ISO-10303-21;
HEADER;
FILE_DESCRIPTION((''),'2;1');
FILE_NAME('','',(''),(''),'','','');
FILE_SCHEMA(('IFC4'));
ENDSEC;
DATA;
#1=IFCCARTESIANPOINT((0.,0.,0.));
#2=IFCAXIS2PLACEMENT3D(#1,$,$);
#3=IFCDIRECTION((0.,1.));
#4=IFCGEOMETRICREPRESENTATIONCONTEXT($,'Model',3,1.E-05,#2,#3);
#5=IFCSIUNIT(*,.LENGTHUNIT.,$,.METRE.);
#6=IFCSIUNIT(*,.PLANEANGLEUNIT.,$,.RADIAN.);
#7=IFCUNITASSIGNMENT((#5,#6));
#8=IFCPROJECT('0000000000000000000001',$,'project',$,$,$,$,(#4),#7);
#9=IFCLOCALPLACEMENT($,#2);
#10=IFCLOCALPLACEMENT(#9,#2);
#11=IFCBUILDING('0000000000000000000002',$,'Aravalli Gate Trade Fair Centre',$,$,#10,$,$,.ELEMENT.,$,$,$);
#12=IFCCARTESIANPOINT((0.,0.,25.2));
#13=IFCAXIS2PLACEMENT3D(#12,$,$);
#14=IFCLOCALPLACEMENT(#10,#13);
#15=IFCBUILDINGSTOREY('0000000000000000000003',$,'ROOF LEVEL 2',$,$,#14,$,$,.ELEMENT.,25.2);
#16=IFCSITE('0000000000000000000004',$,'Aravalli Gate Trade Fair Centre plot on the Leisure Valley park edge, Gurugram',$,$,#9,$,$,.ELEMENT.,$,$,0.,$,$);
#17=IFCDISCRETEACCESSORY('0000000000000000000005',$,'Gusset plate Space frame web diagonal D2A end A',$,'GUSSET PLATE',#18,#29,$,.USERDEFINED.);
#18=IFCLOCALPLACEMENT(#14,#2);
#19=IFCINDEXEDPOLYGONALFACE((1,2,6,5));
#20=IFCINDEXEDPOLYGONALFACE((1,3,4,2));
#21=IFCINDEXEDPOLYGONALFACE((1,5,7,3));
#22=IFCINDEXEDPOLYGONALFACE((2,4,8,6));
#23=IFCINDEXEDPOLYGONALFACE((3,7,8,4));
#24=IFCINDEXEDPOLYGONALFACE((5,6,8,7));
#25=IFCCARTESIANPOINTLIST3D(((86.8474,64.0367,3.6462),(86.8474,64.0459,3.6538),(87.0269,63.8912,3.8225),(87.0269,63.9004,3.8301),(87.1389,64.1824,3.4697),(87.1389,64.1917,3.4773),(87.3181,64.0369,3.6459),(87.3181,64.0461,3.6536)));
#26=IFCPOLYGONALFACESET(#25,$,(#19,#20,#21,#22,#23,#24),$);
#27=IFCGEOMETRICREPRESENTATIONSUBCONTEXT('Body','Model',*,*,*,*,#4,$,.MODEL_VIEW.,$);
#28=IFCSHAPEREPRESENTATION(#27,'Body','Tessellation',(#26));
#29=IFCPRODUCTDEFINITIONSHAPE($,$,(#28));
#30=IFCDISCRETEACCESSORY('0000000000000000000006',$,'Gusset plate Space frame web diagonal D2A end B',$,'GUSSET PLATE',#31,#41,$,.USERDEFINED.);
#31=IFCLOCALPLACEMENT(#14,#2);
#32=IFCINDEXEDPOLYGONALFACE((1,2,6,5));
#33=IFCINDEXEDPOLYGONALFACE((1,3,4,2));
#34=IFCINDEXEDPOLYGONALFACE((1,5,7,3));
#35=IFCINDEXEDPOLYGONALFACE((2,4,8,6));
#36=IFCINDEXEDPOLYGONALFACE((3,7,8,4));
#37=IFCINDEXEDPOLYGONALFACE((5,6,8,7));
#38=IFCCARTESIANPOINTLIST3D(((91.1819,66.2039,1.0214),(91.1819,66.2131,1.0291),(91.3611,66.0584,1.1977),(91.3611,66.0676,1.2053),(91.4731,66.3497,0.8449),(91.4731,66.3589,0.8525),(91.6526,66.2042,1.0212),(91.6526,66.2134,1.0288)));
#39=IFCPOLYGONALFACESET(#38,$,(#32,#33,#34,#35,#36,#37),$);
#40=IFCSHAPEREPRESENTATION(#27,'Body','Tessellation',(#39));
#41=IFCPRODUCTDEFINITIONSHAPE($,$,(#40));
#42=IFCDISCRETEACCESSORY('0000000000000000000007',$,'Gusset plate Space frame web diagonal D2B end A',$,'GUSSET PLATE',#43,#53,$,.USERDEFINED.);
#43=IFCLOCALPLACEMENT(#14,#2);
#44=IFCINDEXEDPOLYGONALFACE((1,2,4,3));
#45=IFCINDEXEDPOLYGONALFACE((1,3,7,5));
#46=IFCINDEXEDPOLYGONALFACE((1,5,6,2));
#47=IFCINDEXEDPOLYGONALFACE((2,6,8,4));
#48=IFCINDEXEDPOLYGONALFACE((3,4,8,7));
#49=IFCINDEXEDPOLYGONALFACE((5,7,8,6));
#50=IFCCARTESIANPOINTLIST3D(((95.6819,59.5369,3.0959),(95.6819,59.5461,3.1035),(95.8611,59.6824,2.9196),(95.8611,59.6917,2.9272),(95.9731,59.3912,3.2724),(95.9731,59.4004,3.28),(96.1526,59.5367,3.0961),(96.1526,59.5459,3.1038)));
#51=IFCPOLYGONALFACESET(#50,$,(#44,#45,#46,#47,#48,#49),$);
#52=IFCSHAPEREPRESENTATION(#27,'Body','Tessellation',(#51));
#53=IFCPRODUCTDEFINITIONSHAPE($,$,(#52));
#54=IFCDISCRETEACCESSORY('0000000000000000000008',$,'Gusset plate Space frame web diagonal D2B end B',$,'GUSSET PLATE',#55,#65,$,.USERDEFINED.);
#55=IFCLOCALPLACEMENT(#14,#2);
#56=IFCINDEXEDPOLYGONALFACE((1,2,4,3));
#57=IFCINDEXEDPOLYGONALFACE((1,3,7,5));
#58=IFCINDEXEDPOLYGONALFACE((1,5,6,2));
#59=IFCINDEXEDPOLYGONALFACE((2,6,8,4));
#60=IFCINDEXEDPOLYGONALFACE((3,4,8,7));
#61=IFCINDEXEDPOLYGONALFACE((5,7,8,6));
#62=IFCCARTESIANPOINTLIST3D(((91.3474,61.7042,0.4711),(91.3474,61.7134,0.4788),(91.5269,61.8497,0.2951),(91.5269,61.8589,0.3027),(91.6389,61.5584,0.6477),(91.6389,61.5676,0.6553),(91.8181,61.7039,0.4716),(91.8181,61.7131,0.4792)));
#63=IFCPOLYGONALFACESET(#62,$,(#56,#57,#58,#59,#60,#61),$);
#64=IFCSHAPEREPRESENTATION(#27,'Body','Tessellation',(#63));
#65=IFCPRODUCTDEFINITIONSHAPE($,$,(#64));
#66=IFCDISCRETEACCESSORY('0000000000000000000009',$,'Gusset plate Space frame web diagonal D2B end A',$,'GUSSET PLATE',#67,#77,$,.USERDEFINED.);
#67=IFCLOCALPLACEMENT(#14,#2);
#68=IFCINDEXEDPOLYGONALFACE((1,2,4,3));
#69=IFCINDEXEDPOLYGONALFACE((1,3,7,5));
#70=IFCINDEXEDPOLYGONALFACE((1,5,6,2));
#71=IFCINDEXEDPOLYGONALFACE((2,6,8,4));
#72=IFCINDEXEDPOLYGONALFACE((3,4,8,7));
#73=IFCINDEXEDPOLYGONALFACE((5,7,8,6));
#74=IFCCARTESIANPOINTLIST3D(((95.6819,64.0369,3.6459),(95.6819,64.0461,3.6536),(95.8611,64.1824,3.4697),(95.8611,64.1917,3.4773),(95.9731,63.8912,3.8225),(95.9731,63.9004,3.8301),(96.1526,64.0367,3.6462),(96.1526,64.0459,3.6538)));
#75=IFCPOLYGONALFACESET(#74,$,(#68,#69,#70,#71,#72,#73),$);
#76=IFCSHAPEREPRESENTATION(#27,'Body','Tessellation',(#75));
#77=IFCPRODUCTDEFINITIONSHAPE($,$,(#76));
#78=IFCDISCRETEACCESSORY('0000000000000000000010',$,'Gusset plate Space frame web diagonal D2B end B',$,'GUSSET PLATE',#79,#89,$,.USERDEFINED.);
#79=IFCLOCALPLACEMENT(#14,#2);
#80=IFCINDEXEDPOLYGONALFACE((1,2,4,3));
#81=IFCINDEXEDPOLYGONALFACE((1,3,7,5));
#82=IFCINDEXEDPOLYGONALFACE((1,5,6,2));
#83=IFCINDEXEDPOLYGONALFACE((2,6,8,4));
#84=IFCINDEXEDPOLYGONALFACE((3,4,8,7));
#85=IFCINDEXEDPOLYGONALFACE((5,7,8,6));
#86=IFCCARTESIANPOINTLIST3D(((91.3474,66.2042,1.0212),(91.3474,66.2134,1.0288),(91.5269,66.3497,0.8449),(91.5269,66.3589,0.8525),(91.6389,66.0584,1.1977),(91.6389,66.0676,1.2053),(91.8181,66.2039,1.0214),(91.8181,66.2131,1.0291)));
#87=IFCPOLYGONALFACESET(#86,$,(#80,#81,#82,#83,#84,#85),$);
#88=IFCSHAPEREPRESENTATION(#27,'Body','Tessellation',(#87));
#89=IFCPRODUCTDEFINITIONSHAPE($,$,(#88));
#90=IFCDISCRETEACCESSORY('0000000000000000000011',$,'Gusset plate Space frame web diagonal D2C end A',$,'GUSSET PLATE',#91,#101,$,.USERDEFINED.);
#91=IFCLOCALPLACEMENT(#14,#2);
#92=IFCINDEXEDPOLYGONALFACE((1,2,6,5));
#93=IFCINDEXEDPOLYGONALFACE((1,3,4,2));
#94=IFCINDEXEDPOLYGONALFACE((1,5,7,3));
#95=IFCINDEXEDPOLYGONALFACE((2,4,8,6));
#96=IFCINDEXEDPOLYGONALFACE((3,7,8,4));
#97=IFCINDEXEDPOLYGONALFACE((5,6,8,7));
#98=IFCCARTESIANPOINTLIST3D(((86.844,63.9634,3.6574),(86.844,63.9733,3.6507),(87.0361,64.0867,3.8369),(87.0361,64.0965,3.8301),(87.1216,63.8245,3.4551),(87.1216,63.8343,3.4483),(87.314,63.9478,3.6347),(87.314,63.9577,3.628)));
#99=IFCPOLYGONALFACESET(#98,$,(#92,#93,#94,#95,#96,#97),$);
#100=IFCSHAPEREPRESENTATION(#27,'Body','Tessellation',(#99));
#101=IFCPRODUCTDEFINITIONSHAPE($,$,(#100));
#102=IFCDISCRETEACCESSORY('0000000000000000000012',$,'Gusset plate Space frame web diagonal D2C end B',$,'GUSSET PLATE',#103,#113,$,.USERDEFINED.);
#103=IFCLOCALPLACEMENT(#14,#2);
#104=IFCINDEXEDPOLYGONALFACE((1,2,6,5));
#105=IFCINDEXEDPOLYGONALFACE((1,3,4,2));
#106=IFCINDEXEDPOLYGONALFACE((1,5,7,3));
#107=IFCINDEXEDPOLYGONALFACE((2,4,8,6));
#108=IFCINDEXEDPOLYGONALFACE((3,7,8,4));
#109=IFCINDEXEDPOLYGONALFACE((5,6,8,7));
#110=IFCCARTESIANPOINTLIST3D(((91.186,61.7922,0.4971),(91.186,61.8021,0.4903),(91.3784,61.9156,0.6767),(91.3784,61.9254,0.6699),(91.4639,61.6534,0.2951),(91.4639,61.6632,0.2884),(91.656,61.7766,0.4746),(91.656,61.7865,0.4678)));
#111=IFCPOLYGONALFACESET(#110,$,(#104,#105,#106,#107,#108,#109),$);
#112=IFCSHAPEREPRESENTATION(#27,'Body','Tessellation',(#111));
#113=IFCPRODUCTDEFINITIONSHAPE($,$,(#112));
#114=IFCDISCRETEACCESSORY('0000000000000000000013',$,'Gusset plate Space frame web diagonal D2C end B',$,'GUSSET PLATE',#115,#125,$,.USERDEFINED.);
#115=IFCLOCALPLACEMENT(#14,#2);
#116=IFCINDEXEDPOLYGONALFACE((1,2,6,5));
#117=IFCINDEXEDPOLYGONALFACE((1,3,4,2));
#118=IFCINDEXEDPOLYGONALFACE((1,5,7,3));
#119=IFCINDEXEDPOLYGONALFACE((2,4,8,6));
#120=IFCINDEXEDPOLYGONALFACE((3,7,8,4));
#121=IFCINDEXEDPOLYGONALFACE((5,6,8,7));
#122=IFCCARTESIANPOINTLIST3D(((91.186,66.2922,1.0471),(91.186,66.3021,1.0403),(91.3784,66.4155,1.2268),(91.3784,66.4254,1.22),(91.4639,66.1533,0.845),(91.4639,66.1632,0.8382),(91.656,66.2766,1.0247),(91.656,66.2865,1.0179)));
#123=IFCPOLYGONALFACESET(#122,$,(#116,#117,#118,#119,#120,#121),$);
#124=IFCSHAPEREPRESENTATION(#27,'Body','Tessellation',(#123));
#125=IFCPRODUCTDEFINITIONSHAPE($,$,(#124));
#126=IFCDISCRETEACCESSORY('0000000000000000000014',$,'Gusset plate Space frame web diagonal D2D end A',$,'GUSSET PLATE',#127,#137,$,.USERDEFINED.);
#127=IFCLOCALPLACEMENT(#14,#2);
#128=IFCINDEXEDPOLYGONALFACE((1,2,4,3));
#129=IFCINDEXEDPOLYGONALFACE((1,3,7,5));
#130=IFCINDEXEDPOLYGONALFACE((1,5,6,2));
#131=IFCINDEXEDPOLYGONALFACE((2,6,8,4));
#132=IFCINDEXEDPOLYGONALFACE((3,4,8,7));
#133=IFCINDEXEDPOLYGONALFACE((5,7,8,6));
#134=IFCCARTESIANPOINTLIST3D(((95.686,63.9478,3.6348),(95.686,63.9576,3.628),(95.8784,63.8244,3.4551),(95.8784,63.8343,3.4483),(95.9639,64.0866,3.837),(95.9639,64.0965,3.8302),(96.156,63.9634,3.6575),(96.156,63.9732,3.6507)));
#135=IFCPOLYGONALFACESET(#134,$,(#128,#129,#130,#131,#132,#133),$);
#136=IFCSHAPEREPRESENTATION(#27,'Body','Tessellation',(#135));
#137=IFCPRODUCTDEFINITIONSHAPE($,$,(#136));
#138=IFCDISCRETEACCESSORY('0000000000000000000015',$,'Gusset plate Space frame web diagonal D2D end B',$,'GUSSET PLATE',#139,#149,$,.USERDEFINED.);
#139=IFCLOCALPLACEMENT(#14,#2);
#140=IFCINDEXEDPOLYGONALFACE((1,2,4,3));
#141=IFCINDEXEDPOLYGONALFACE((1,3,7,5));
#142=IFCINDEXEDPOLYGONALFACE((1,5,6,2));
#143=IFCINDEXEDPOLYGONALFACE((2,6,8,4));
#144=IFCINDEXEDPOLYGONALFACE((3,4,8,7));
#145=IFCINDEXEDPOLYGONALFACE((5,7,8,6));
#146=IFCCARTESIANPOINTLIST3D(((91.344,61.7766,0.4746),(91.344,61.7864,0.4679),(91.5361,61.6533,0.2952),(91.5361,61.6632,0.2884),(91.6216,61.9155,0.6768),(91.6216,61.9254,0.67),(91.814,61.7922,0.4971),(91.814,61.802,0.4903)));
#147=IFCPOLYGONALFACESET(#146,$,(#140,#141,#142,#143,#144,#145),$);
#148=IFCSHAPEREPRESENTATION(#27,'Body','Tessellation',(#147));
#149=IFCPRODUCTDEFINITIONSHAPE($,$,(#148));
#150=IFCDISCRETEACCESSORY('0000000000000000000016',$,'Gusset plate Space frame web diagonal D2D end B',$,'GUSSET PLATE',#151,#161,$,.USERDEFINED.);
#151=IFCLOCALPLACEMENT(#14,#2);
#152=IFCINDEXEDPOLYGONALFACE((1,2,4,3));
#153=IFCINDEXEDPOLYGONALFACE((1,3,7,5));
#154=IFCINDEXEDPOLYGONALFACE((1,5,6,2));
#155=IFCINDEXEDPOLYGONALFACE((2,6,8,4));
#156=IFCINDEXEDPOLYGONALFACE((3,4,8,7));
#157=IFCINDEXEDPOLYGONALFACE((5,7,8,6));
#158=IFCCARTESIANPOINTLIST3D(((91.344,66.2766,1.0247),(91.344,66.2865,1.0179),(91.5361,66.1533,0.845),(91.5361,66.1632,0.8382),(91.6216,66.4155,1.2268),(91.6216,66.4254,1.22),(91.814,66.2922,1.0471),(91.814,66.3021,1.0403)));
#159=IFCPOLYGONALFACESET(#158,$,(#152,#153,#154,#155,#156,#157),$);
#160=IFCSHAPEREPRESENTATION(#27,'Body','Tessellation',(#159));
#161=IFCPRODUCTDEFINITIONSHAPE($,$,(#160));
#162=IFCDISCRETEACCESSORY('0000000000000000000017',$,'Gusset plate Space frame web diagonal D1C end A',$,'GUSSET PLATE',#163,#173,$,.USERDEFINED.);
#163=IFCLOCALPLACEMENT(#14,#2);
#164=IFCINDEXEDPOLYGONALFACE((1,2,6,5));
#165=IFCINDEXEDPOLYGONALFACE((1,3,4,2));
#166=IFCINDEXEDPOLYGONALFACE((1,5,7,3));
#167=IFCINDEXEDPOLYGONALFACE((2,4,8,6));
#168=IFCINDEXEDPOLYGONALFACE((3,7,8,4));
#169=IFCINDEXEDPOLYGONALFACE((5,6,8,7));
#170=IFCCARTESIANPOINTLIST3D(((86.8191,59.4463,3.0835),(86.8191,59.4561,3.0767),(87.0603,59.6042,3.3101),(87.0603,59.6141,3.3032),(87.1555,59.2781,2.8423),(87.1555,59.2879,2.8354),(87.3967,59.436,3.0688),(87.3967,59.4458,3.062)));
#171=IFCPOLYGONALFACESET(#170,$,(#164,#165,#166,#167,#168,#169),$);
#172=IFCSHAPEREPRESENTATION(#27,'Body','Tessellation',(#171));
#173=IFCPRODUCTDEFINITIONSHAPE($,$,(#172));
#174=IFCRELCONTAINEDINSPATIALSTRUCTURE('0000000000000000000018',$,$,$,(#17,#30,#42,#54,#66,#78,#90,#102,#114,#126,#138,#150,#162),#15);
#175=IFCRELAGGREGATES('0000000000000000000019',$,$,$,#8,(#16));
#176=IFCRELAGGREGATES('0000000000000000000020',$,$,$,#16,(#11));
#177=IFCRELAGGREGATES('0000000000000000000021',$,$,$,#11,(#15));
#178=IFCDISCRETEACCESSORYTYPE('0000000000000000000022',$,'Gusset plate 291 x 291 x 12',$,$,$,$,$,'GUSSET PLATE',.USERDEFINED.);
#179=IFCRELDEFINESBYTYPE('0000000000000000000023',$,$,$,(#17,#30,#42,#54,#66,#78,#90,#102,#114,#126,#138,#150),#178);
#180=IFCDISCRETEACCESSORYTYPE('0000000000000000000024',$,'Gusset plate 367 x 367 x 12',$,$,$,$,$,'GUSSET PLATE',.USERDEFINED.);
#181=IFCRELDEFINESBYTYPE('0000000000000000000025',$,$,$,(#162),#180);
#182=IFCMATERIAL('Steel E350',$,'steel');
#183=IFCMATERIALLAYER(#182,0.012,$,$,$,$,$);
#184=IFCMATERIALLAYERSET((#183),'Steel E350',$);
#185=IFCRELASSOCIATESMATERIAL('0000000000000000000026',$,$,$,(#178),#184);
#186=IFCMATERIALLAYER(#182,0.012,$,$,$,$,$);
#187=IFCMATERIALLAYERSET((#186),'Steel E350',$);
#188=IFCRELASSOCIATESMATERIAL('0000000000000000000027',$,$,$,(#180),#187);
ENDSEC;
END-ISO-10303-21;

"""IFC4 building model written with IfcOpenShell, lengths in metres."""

from ifc_helpers import new_model, si_unit, direction, frame, origin, place, context, subcontext, project, spatial, polyline, outline, extrude, material, layer, layer_set, type_object, element, save


model = new_model("IFC4")

# Units and contexts
model_context = context("Model", 3, precision=1e-05, world=origin(), true_north=direction((0.0, 1.0)))
body_context = subcontext(model_context, "Body", "Model", "MODEL_VIEW")
ifc_project = project(units=[si_unit("LENGTHUNIT", "METRE"), si_unit("PLANEANGLEUNIT", "RADIAN")], contexts=[model_context])

# Site, building, storey
site_placement = place(None, origin())
site = spatial("IfcSite", under=ifc_project, at=site_placement, Name="Aravalli Gate Trade Fair Centre plot on the Leisure Valley park edge, Gurugram", CompositionType="ELEMENT", RefElevation=0.0)
building_placement = place(site_placement, origin())
building = spatial("IfcBuilding", under=site, at=building_placement, Name="Aravalli Gate Trade Fair Centre", CompositionType="ELEMENT")
storey_placement = place(building_placement, frame((0.0, 0.0, 25.2)))
storey = spatial("IfcBuildingStorey", under=building, at=storey_placement, Name="ROOF LEVEL 2", CompositionType="ELEMENT", Elevation=25.2)

# Shared definitions
ifc_material = material(Name="Steel E350", Category="steel")

# Discrete accessories
ifc_layer_1 = layer(ifc_material, 0.012)
ifc_layer_set_1 = layer_set([ifc_layer_1], Name="Steel E350")
discrete_accessory_type_1 = type_object("IfcDiscreteAccessoryType", Name="Gusset plate 291 x 291 x 12", ElementType="GUSSET PLATE", PredefinedType="USERDEFINED", material=ifc_layer_set_1)
discrete_accessory_1_placement = place(storey_placement, frame((87.1389, 64.1917, 3.4773), z_axis=(-0.00007, 0.771155, 0.636648), x_axis=(-0.786484, -0.393242, 0.476238)))
element("IfcDiscreteAccessory", 1, at=discrete_accessory_1_placement, inside=storey, type_object=discrete_accessory_type_1, Name="Gusset plate Space frame web diagonal D2A end A", ObjectType="GUSSET PLATE", PredefinedType="USERDEFINED", context=body_context, shape_type="SweptSolid", body=[
    extrude(outline(polyline([(0.0, 0.0), (0.3706, 0.0), (0.3707, 0.2906), (0.0002, 0.2904), (0.0, 0.0)])), origin(), (0.0, 0.0, -1.0), 0.012),
])
discrete_accessory_2_placement = place(storey_placement, frame((91.1819, 66.2131, 1.0291), z_axis=(-0.00007, 0.771155, 0.636648), x_axis=(0.786233, 0.393446, -0.476485)))
element("IfcDiscreteAccessory", 2, at=discrete_accessory_2_placement, inside=storey, type_object=discrete_accessory_type_1, Name="Gusset plate Space frame web diagonal D2A end B", ObjectType="GUSSET PLATE", PredefinedType="USERDEFINED", context=body_context, shape_type="SweptSolid", body=[
    extrude(outline(polyline([(0.0, 0.0), (0.3704, 0.0), (0.3703, -0.2906), (-0.0003, -0.2904), (0.0, 0.0)])), origin(), (0.0, 0.0, -1.0), 0.012),
])
discrete_accessory_3_placement = place(storey_placement, frame((95.6819, 59.5461, 3.1035), z_axis=(0.00007, 0.771155, 0.636648), x_axis=(0.786233, -0.393446, 0.476485)))
element("IfcDiscreteAccessory", 3, at=discrete_accessory_3_placement, inside=storey, type_object=discrete_accessory_type_1, Name="Gusset plate Space frame web diagonal D2B end A", ObjectType="GUSSET PLATE", PredefinedType="USERDEFINED", context=body_context, shape_type="SweptSolid", body=[
    extrude(outline(polyline([(0.0, 0.0), (0.3704, 0.0), (0.3703, 0.2906), (-0.0003, 0.2904), (0.0, 0.0)])), origin(), (0.0, 0.0, -1.0), 0.012),
])
discrete_accessory_4_placement = place(storey_placement, frame((91.6389, 61.5676, 0.6553), z_axis=(-0.000261, 0.770887, 0.636972), x_axis=(-0.786484, 0.393242, -0.476238)))
element("IfcDiscreteAccessory", 4, at=discrete_accessory_4_placement, inside=storey, type_object=discrete_accessory_type_1, Name="Gusset plate Space frame web diagonal D2B end B", ObjectType="GUSSET PLATE", PredefinedType="USERDEFINED", context=body_context, shape_type="SweptSolid", body=[
    extrude(outline(polyline([(0.0, 0.0), (0.3706, 0.0), (0.3706, -0.2904), (0.0001, -0.2903), (0.0, 0.0)])), origin(), (0.0, 0.0, -1.0), 0.012),
])
discrete_accessory_5_placement = place(storey_placement, frame((95.6819, 64.0461, 3.6536), z_axis=(0.00007, 0.771155, 0.636648), x_axis=(0.786233, -0.393446, 0.476485)))
element("IfcDiscreteAccessory", 5, at=discrete_accessory_5_placement, inside=storey, type_object=discrete_accessory_type_1, Name="Gusset plate Space frame web diagonal D2B end A", ObjectType="GUSSET PLATE", PredefinedType="USERDEFINED", context=body_context, shape_type="SweptSolid", body=[
    extrude(outline(polyline([(0.0, 0.0), (0.3704, 0.0), (0.3703, 0.2906), (-0.0003, 0.2904), (0.0, 0.0)])), origin(), (0.0, 0.0, -1.0), 0.012),
])
discrete_accessory_6_placement = place(storey_placement, frame((91.6389, 66.0676, 1.2053), z_axis=(0.00007, 0.771155, 0.636648), x_axis=(-0.786484, 0.393242, -0.476238)))
element("IfcDiscreteAccessory", 6, at=discrete_accessory_6_placement, inside=storey, type_object=discrete_accessory_type_1, Name="Gusset plate Space frame web diagonal D2B end B", ObjectType="GUSSET PLATE", PredefinedType="USERDEFINED", context=body_context, shape_type="SweptSolid", body=[
    extrude(outline(polyline([(0.0, 0.0), (0.3706, 0.0), (0.3707, -0.2906), (0.0002, -0.2904), (0.0, 0.0)])), origin(), (0.0, 0.0, -1.0), 0.012),
])
discrete_accessory_7_placement = place(storey_placement, frame((87.1216, 63.8245, 3.4551), z_axis=(-0.000059, -0.824356, 0.566072), x_axis=(-0.749102, 0.375034, 0.546073)))
element("IfcDiscreteAccessory", 7, at=discrete_accessory_7_placement, inside=storey, type_object=discrete_accessory_type_1, Name="Gusset plate Space frame web diagonal D2C end A", ObjectType="GUSSET PLATE", PredefinedType="USERDEFINED", context=body_context, shape_type="SweptSolid", body=[
    extrude(outline(polyline([(0.0, 0.0), (0.3706, 0.0), (0.3709, -0.2904), (0.0002, -0.2907), (0.0, 0.0)])), origin(), (0.0, 0.0, -1.0), 0.012),
])
discrete_accessory_8_placement = place(storey_placement, frame((91.186, 61.7922, 0.4971), z_axis=(-0.000339, -0.824216, 0.566276), x_axis=(0.749929, -0.374811, -0.545089)))
element("IfcDiscreteAccessory", 8, at=discrete_accessory_8_placement, inside=storey, type_object=discrete_accessory_type_1, Name="Gusset plate Space frame web diagonal D2C end B", ObjectType="GUSSET PLATE", PredefinedType="USERDEFINED", context=body_context, shape_type="SweptSolid", body=[
    extrude(outline(polyline([(0.0, 0.0), (0.3705, 0.0), (0.3705, 0.2904), (0.0001, 0.2907), (0.0, 0.0)])), origin(), (0.0, 0.0, -1.0), 0.012),
])
discrete_accessory_9_placement = place(storey_placement, frame((91.186, 66.2922, 1.0471), z_axis=(-0.000356, -0.824387, 0.566027), x_axis=(0.74966, -0.37483, -0.545447)))
element("IfcDiscreteAccessory", 9, at=discrete_accessory_9_placement, inside=storey, type_object=discrete_accessory_type_1, Name="Gusset plate Space frame web diagonal D2C end B", ObjectType="GUSSET PLATE", PredefinedType="USERDEFINED", context=body_context, shape_type="SweptSolid", body=[
    extrude(outline(polyline([(0.0, 0.0), (0.3706, 0.0), (0.3704, 0.2905), (0.0, 0.2907), (0.0, 0.0)])), origin(), (0.0, 0.0, -1.0), 0.012),
])
discrete_accessory_10_placement = place(storey_placement, frame((95.686, 63.9478, 3.6348), z_axis=(0.000059, -0.824356, 0.566072), x_axis=(0.74966, 0.374676, 0.545552)))
element("IfcDiscreteAccessory", 10, at=discrete_accessory_10_placement, inside=storey, type_object=discrete_accessory_type_1, Name="Gusset plate Space frame web diagonal D2D end A", ObjectType="GUSSET PLATE", PredefinedType="USERDEFINED", context=body_context, shape_type="SweptSolid", body=[
    extrude(outline(polyline([(0.0, 0.0), (0.3706, 0.0), (0.3706, -0.2904), (0.0, -0.2907), (0.0, 0.0)])), origin(), (0.0, 0.0, -1.0), 0.012),
])
discrete_accessory_11_placement = place(storey_placement, frame((91.6216, 61.9155, 0.6768), z_axis=(0.000339, -0.824216, 0.566276), x_axis=(-0.749371, -0.375169, -0.545611)))
element("IfcDiscreteAccessory", 11, at=discrete_accessory_11_placement, inside=storey, type_object=discrete_accessory_type_1, Name="Gusset plate Space frame web diagonal D2D end B", ObjectType="GUSSET PLATE", PredefinedType="USERDEFINED", context=body_context, shape_type="SweptSolid", body=[
    extrude(outline(polyline([(0.0, 0.0), (0.3704, 0.0), (0.3706, 0.2904), (0.0001, 0.2907), (0.0, 0.0)])), origin(), (0.0, 0.0, -1.0), 0.012),
])
discrete_accessory_12_placement = place(storey_placement, frame((91.6216, 66.4155, 1.2268), z_axis=(0.000356, -0.824387, 0.566027), x_axis=(-0.749371, -0.375015, -0.545716)))
element("IfcDiscreteAccessory", 12, at=discrete_accessory_12_placement, inside=storey, type_object=discrete_accessory_type_1, Name="Gusset plate Space frame web diagonal D2D end B", ObjectType="GUSSET PLATE", PredefinedType="USERDEFINED", context=body_context, shape_type="SweptSolid", body=[
    extrude(outline(polyline([(0.0, 0.0), (0.3704, 0.0), (0.3707, 0.2905), (0.0001, 0.2907), (0.0, 0.0)])), origin(), (0.0, 0.0, -1.0), 0.012),
])
ifc_layer_2 = layer(ifc_material, 0.012)
ifc_layer_set_2 = layer_set([ifc_layer_2], Name="Steel E350")
discrete_accessory_type_2 = type_object("IfcDiscreteAccessoryType", Name="Gusset plate 367 x 367 x 12", ElementType="GUSSET PLATE", PredefinedType="USERDEFINED", material=ifc_layer_set_2)
discrete_accessory_13_placement = place(storey_placement, frame((87.1555, 59.2781, 2.8423), z_axis=(-0.000057, -0.820282, 0.57196), x_axis=(-0.75291, 0.376455, 0.539822)))
element("IfcDiscreteAccessory", 13, at=discrete_accessory_13_placement, inside=storey, type_object=discrete_accessory_type_2, Name="Gusset plate Space frame web diagonal D1C end A", ObjectType="GUSSET PLATE", PredefinedType="USERDEFINED", context=body_context, shape_type="SweptSolid", body=[
    extrude(outline(polyline([(0.0, 0.0), (0.4468, 0.0), (0.447, -0.3667), (0.0002, -0.3667), (0.0, 0.0)])), origin(), (0.0, 0.0, -1.0), 0.012),
])

save(model, "model.ifc")
